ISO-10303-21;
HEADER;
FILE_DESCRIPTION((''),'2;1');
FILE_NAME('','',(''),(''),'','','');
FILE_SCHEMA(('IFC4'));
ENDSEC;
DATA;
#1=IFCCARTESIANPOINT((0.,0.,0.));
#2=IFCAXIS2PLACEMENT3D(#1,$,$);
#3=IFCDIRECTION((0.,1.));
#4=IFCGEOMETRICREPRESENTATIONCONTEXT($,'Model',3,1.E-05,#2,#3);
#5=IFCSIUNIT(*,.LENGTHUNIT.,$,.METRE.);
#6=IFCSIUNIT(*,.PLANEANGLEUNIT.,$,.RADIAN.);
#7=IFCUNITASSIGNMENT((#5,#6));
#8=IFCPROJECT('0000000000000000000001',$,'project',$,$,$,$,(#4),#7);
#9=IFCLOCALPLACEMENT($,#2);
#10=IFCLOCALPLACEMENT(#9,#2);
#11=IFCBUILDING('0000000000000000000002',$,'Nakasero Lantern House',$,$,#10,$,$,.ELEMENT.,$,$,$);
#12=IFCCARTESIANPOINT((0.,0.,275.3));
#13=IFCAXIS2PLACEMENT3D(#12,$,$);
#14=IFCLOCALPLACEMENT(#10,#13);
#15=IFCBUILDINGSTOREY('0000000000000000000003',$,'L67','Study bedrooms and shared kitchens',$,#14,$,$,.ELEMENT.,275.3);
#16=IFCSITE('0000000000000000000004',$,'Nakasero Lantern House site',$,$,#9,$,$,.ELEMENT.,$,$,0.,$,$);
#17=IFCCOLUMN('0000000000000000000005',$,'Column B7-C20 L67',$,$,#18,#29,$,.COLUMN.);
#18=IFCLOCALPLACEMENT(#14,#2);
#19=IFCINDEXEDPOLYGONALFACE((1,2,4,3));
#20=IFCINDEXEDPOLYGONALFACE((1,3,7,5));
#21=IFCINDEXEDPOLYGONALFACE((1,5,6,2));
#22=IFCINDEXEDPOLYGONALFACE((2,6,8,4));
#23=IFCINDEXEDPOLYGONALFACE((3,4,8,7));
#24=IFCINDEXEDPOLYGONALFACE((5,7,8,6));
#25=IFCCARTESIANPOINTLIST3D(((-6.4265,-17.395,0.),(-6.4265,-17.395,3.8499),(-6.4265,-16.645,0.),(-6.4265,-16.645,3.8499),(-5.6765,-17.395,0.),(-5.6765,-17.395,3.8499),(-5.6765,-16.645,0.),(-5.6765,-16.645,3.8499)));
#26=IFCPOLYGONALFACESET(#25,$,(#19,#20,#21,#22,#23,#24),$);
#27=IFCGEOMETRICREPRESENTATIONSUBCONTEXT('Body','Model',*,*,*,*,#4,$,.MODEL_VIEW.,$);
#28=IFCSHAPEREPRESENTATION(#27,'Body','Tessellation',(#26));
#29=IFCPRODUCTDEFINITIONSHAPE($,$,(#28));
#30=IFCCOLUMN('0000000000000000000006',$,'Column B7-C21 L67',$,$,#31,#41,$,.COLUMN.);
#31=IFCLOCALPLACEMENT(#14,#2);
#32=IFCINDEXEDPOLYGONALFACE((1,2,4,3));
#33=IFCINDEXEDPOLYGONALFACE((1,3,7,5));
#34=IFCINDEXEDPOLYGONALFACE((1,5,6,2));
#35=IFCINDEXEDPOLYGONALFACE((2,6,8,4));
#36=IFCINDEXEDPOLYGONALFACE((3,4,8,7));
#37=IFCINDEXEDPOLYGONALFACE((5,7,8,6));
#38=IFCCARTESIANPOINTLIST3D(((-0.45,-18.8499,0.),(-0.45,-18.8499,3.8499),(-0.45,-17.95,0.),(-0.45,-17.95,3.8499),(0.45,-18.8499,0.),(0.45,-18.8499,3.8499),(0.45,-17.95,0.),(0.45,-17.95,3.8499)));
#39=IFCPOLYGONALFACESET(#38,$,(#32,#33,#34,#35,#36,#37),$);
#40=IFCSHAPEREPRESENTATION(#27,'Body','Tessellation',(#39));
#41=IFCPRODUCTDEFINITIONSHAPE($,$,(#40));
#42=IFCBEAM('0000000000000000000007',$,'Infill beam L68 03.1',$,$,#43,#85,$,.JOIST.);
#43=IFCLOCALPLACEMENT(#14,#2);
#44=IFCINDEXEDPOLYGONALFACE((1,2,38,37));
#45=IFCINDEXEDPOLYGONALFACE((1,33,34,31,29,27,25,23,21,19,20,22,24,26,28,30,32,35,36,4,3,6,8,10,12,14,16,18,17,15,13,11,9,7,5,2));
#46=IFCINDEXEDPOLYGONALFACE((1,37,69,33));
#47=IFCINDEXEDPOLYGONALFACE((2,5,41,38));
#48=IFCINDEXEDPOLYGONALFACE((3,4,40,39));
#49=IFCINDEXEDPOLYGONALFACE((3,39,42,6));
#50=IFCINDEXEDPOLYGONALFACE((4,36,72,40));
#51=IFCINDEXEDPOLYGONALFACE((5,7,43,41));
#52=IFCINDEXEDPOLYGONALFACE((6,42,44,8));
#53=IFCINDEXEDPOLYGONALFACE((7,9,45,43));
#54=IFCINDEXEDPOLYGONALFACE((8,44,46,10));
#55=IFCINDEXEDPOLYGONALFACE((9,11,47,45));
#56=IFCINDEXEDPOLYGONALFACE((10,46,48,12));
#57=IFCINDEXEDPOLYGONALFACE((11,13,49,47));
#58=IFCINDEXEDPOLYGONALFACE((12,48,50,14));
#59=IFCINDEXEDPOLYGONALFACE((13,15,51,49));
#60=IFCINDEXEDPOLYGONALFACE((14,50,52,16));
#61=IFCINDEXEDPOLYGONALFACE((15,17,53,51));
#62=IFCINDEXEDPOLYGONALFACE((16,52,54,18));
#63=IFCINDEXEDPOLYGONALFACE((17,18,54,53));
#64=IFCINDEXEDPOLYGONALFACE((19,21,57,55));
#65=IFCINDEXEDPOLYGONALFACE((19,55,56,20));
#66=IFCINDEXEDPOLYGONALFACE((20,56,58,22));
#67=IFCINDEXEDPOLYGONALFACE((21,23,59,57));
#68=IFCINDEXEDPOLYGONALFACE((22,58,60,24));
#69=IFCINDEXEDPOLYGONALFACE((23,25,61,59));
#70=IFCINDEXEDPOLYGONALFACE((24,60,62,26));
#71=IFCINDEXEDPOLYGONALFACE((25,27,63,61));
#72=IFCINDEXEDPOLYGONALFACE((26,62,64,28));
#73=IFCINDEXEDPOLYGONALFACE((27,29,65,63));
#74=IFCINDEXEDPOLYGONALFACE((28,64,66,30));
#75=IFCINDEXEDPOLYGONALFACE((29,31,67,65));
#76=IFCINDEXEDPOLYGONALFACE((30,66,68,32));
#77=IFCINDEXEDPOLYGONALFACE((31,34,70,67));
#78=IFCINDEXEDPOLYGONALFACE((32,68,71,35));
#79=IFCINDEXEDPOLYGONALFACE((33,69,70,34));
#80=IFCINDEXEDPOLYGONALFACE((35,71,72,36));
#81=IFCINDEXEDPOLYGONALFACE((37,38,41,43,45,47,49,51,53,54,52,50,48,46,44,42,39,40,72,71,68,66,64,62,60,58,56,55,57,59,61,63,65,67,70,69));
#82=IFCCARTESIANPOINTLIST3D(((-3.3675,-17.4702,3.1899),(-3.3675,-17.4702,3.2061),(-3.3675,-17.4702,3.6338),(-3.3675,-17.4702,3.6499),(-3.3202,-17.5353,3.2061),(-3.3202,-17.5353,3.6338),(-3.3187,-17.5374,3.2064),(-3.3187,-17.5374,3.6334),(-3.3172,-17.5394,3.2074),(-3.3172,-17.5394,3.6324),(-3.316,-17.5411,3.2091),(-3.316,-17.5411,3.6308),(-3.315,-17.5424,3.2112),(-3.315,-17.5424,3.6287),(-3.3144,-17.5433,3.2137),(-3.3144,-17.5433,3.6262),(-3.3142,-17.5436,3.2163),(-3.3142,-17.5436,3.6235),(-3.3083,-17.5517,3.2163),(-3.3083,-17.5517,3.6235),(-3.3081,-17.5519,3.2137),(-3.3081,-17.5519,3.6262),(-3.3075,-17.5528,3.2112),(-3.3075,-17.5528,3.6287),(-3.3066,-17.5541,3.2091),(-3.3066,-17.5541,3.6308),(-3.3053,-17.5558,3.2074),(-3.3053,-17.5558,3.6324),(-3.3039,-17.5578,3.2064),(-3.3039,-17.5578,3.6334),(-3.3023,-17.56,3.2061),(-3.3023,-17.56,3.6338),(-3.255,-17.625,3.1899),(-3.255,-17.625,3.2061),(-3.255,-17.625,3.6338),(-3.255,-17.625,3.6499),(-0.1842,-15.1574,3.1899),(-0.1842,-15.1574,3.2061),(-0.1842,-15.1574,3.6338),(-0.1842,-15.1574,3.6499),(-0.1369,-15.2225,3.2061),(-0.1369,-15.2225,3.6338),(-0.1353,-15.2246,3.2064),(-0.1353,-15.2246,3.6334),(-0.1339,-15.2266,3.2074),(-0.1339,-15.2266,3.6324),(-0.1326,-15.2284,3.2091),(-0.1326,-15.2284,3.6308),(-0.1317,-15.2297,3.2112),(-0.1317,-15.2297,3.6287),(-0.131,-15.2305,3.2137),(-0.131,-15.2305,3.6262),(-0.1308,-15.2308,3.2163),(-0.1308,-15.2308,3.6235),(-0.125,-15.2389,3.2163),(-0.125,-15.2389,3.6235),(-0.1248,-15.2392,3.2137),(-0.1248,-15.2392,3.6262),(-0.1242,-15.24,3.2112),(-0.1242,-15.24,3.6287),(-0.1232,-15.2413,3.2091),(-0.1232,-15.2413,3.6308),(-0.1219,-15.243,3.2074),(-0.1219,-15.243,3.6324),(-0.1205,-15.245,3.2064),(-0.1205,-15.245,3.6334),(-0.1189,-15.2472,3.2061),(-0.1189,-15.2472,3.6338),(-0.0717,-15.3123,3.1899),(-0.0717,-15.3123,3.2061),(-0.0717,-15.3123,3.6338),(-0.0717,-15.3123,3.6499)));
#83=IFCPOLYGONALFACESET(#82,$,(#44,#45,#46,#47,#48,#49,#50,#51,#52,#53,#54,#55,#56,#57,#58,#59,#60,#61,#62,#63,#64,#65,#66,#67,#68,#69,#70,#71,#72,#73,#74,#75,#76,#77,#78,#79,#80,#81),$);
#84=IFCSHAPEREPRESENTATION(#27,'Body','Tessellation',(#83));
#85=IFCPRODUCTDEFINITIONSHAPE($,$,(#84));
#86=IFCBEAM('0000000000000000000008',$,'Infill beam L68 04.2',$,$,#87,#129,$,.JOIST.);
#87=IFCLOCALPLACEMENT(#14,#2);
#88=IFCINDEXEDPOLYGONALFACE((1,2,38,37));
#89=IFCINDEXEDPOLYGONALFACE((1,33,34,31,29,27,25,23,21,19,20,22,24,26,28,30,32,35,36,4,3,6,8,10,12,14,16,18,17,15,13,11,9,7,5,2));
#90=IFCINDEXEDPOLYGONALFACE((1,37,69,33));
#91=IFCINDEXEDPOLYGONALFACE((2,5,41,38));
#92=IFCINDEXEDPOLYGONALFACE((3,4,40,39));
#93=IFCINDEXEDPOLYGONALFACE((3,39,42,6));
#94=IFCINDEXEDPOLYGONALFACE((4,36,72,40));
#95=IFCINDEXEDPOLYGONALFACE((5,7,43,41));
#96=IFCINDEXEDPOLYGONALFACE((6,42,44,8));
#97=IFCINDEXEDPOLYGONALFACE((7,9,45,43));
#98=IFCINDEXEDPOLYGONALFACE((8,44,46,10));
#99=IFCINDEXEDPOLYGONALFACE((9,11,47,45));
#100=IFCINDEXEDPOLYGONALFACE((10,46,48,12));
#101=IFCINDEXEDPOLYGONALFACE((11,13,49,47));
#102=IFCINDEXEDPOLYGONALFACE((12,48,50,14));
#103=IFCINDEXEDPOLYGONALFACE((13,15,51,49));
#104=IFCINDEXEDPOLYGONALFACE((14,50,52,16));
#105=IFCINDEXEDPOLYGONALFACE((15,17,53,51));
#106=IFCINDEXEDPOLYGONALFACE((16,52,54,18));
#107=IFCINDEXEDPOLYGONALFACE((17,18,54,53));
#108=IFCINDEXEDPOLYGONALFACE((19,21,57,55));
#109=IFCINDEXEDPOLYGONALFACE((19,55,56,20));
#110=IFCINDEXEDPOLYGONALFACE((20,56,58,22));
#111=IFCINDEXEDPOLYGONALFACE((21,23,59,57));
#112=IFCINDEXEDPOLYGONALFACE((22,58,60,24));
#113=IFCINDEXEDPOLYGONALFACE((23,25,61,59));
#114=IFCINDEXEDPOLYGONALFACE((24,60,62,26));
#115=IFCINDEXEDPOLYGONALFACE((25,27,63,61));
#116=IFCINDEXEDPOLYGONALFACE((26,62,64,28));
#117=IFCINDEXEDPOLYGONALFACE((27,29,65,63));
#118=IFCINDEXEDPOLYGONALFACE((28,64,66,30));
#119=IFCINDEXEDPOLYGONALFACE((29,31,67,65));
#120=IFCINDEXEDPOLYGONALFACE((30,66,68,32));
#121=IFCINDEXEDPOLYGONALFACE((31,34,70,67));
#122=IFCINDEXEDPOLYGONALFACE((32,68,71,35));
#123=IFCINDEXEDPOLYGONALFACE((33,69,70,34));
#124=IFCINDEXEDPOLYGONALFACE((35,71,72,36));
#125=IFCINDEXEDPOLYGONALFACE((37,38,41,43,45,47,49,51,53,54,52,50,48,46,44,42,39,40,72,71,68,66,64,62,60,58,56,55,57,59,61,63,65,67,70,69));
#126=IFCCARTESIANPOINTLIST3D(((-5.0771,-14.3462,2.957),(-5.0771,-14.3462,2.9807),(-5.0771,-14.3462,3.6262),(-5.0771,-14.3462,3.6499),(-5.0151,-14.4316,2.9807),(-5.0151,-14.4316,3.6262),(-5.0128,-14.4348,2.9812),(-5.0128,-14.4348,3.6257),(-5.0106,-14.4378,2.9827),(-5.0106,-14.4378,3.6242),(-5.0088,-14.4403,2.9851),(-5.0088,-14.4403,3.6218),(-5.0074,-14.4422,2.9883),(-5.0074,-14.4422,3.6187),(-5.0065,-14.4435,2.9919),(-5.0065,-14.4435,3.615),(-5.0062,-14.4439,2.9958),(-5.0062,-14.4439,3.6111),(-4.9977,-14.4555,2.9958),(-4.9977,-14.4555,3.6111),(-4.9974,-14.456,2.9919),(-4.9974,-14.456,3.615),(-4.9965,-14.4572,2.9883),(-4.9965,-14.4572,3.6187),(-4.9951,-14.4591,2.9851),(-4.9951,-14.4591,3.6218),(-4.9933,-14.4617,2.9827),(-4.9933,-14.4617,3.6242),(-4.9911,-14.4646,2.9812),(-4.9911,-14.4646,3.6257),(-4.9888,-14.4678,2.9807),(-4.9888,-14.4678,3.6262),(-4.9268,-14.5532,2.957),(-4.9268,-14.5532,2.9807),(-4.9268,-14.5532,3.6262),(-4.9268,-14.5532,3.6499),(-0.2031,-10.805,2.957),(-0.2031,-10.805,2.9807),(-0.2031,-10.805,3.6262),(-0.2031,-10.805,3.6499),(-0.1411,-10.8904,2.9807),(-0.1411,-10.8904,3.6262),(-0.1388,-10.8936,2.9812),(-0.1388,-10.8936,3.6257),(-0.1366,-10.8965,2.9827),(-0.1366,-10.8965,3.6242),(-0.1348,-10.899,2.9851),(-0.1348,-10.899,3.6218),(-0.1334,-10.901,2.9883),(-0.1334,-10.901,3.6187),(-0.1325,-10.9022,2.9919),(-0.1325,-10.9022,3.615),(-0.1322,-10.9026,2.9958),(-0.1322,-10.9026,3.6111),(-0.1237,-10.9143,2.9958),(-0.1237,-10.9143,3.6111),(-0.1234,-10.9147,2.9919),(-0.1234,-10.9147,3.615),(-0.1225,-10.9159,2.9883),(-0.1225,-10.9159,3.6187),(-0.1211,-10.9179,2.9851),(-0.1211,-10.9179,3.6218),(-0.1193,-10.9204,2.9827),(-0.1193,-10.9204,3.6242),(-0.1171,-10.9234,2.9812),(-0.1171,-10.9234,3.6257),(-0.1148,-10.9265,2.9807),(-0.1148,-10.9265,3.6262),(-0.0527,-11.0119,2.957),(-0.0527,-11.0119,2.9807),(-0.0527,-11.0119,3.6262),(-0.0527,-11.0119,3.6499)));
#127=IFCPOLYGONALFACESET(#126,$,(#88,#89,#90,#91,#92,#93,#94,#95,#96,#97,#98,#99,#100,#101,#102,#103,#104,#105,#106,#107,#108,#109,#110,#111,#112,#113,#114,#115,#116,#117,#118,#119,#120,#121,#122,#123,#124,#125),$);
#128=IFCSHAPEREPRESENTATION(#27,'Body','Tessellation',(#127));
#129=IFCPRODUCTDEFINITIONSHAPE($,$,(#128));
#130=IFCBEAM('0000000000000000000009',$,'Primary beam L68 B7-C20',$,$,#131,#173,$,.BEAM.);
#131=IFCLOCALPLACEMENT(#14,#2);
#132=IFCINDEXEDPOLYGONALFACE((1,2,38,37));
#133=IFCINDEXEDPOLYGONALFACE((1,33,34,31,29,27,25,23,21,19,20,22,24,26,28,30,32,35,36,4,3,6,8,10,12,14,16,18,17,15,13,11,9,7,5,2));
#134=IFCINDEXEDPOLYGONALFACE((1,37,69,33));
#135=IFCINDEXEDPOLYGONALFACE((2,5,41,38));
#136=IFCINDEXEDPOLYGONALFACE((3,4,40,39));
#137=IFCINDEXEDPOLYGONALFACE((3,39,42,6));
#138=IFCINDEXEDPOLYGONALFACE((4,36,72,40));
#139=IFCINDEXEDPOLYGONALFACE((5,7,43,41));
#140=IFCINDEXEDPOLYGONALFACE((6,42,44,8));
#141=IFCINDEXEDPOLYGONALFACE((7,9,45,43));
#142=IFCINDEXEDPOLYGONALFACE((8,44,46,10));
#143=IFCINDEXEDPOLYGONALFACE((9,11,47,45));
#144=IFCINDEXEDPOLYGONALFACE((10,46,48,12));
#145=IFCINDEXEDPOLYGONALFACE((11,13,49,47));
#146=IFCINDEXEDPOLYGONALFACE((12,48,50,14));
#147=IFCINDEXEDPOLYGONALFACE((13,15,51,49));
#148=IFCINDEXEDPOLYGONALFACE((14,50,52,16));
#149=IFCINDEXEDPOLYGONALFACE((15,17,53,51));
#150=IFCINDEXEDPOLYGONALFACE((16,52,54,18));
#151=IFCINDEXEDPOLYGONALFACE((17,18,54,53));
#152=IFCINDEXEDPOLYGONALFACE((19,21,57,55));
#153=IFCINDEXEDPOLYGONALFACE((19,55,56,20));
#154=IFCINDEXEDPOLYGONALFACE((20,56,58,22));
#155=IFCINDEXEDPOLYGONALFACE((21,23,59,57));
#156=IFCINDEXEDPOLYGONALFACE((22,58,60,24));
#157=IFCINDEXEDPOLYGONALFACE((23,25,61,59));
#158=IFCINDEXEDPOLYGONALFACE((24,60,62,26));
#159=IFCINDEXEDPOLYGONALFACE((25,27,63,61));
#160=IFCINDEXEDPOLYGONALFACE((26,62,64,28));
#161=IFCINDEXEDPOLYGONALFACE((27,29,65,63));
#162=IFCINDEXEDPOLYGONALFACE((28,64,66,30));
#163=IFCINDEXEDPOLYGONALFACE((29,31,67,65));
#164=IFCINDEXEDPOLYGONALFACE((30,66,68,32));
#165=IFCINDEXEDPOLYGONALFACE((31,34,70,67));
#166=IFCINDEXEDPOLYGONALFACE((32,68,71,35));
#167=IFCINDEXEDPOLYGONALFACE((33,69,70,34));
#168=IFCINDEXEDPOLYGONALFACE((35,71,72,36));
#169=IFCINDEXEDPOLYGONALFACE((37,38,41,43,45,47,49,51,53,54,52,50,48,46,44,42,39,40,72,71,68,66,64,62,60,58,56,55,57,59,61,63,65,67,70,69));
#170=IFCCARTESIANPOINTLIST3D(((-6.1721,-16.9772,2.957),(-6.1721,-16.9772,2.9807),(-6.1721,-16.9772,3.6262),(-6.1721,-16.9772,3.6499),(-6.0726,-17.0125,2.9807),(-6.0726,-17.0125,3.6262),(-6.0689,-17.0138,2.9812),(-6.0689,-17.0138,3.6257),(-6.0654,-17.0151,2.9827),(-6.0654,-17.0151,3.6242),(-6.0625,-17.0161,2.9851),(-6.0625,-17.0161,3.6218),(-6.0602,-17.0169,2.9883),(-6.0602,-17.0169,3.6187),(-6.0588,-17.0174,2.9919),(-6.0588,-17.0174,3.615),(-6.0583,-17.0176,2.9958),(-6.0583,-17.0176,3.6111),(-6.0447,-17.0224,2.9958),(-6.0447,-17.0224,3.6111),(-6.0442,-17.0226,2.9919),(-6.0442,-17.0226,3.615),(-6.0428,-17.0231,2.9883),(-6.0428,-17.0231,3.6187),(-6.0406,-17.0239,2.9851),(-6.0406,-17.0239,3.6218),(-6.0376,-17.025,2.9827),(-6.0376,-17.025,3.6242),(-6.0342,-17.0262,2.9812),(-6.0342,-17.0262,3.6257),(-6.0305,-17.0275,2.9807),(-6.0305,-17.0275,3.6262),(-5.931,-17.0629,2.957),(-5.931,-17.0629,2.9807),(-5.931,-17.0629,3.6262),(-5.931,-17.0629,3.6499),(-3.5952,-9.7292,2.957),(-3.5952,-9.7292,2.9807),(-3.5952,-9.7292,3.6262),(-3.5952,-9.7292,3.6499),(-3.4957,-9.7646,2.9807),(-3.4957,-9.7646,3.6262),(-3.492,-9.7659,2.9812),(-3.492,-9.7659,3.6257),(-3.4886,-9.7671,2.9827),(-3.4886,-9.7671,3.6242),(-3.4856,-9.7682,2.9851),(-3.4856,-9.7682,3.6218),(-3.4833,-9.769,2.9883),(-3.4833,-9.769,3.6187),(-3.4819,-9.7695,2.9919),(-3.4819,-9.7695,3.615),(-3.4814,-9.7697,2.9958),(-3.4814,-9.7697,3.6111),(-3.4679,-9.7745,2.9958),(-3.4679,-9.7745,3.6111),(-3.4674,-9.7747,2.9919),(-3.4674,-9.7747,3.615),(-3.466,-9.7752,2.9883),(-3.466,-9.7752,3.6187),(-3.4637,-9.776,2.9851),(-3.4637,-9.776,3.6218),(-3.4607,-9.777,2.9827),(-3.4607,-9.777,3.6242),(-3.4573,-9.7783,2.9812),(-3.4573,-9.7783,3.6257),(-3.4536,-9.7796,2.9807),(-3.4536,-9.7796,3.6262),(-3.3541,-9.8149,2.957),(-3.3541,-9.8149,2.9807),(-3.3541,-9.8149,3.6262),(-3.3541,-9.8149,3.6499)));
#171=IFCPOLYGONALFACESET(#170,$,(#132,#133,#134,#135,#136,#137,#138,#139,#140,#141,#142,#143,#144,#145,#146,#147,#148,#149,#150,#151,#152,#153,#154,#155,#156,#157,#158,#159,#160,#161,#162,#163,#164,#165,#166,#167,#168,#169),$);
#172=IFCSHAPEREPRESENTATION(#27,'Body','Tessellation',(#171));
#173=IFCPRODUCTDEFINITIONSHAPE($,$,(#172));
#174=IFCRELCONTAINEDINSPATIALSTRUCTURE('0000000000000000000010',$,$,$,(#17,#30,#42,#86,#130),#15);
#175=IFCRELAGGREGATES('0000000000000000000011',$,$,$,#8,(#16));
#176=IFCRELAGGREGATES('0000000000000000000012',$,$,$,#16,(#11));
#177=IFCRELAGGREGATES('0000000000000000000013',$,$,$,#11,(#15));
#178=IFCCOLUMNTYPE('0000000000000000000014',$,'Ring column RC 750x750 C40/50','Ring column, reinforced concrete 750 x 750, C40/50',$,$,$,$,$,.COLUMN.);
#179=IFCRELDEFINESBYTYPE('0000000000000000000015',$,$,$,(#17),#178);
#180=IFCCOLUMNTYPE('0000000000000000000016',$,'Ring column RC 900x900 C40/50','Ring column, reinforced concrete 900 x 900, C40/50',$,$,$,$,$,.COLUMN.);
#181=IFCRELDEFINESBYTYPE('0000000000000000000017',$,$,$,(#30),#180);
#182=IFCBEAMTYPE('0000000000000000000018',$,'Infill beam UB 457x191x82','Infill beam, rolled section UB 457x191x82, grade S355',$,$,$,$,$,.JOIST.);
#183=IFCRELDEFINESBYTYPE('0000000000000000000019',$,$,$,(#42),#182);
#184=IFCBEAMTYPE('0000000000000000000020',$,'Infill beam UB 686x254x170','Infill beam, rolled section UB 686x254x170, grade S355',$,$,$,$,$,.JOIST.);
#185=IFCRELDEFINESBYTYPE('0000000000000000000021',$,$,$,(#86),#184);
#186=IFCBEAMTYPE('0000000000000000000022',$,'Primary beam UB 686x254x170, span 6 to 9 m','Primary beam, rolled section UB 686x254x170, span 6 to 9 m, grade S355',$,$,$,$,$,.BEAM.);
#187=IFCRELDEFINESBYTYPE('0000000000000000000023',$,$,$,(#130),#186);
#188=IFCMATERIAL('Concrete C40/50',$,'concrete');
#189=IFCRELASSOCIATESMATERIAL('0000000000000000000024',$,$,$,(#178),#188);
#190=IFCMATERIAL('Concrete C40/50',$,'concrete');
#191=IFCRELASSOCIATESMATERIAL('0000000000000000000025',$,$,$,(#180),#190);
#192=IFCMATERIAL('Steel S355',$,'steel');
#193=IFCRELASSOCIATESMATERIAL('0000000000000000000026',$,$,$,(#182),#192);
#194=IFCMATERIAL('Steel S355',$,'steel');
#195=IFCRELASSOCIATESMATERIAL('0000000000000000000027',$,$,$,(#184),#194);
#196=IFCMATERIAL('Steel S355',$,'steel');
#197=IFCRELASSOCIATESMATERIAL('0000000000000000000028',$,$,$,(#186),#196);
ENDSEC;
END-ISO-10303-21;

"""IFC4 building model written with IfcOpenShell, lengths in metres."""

from ifc_helpers import new_model, si_unit, direction, frame, origin, origin_2d, place, context, subcontext, project, spatial, rectangle, i_section, extrude, material, material_profile, profile_set, type_object, element, save


model = new_model("IFC4")

# Units and contexts
model_context = context("Model", 3, precision=1e-05, world=origin(), true_north=direction((0.0, 1.0)))
body_context = subcontext(model_context, "Body", "Model", "MODEL_VIEW")
ifc_project = project(units=[si_unit("LENGTHUNIT", "METRE"), si_unit("PLANEANGLEUNIT", "RADIAN")], contexts=[model_context])

# Site, building, storey
site_placement = place(None, origin())
site = spatial("IfcSite", under=ifc_project, at=site_placement, Name="Nakasero Lantern House site", CompositionType="ELEMENT", RefElevation=0.0)
building_placement = place(site_placement, origin())
building = spatial("IfcBuilding", under=site, at=building_placement, Name="Nakasero Lantern House", CompositionType="ELEMENT")
storey_placement = place(building_placement, frame((0.0, 0.0, 275.3)))
storey = spatial("IfcBuildingStorey", under=building, at=storey_placement, Name="L67", Description="Study bedrooms and shared kitchens", CompositionType="ELEMENT", Elevation=275.3)

# Columns
ifc_material_1 = material(Name="Concrete C40/50", Category="concrete")
ifc_material_profile_1 = material_profile(ifc_material_1, rectangle(XDim=0.75, YDim=0.75, at=origin_2d()), Name="RC 750x750")
ifc_profile_set_1 = profile_set([ifc_material_profile_1], Name="Concrete C40/50")
column_type_1 = type_object("IfcColumnType", Name="Ring column RC 750x750 C40/50", Description="Ring column, reinforced concrete 750 x 750, C40/50", PredefinedType="COLUMN", material=ifc_profile_set_1)
column_1_placement = place(storey_placement, frame((-6.0515, -17.02, 0.0), z_axis=(0.0, 0.0, 1.0), x_axis=(1.0, 0.0, 0.0)))
element("IfcColumn", 1, at=column_1_placement, inside=storey, type_object=column_type_1, Name="Column B7-C20 L67", PredefinedType="COLUMN", context=body_context, shape_type="SweptSolid", body=[
    extrude(rectangle(XDim=0.75, YDim=0.75, at=origin_2d()), origin(), (0.0, 0.0, 1.0), 3.8499),
])
ifc_material_2 = material(Name="Concrete C40/50", Category="concrete")
ifc_material_profile_2 = material_profile(ifc_material_2, rectangle(XDim=0.8999, YDim=0.8999, at=origin_2d()), Name="RC 900x900")
ifc_profile_set_2 = profile_set([ifc_material_profile_2], Name="Concrete C40/50")
column_type_2 = type_object("IfcColumnType", Name="Ring column RC 900x900 C40/50", Description="Ring column, reinforced concrete 900 x 900, C40/50", PredefinedType="COLUMN", material=ifc_profile_set_2)
column_2_placement = place(storey_placement, frame((0.0, -18.3999, 0.0), z_axis=(0.0, 0.0, 1.0), x_axis=(1.0, 0.0, 0.0)))
element("IfcColumn", 2, at=column_2_placement, inside=storey, type_object=column_type_2, Name="Column B7-C21 L67", PredefinedType="COLUMN", context=body_context, shape_type="SweptSolid", body=[
    extrude(rectangle(XDim=0.8999, YDim=0.8999, at=origin_2d()), origin(), (0.0, 0.0, 1.0), 3.8499),
])

# Beams
ifc_material_3 = material(Name="Steel S355", Category="steel")
ifc_material_profile_3 = material_profile(ifc_material_3, i_section(OverallWidth=0.1914, OverallDepth=0.46, WebThickness=0.01, FlangeThickness=0.0161, FilletRadius=0.0103, at=origin_2d()), Name="UB 457x191x82")
ifc_profile_set_3 = profile_set([ifc_material_profile_3], Name="Steel S355")
beam_type_1 = type_object("IfcBeamType", Name="Infill beam UB 457x191x82", Description="Infill beam, rolled section UB 457x191x82, grade S355", PredefinedType="JOIST", material=ifc_profile_set_3)
beam_1_placement = place(storey_placement, frame((-3.3113, -17.5476, 3.4199), z_axis=(0.809028, 0.587769, 0.0), x_axis=(-0.587769, 0.809028, 0.0)))
element("IfcBeam", 3, at=beam_1_placement, inside=storey, type_object=beam_type_1, Name="Infill beam L68 03.1", PredefinedType="JOIST", context=body_context, shape_type="SweptSolid", body=[
    extrude(i_section(OverallWidth=0.1914, OverallDepth=0.46, WebThickness=0.01, FlangeThickness=0.0161, FilletRadius=0.0103, at=origin_2d()), origin(), (0.0, 0.0, 1.0), 3.9348),
])
ifc_material_4 = material(Name="Steel S355", Category="steel")
ifc_material_profile_4 = material_profile(ifc_material_4, i_section(OverallWidth=0.2559, OverallDepth=0.6929, WebThickness=0.0144, FlangeThickness=0.0237, FilletRadius=0.0151, at=origin_2d()), Name="UB 686x254x170")
ifc_profile_set_4 = profile_set([ifc_material_profile_4], Name="Steel S355")
beam_type_2 = type_object("IfcBeamType", Name="Infill beam UB 686x254x170", Description="Infill beam, rolled section UB 686x254x170, grade S355", PredefinedType="JOIST", material=ifc_profile_set_4)
beam_2_placement = place(storey_placement, frame((-5.002, -14.4497, 3.3035), z_axis=(0.809011, 0.587793, 0.0), x_axis=(-0.587793, 0.809011, 0.0)))
element("IfcBeam", 4, at=beam_2_placement, inside=storey, type_object=beam_type_2, Name="Infill beam L68 04.2", PredefinedType="JOIST", context=body_context, shape_type="SweptSolid", body=[
    extrude(i_section(OverallWidth=0.2559, OverallDepth=0.6929, WebThickness=0.0144, FlangeThickness=0.0237, FilletRadius=0.0151, at=origin_2d()), origin(), (0.0, 0.0, 1.0), 6.0247),
])
ifc_material_5 = material(Name="Steel S355", Category="steel")
ifc_material_profile_5 = material_profile(ifc_material_5, i_section(OverallWidth=0.2559, OverallDepth=0.6929, WebThickness=0.0144, FlangeThickness=0.0237, FilletRadius=0.0151, at=origin_2d()), Name="UB 686x254x170")
ifc_profile_set_5 = profile_set([ifc_material_profile_5], Name="Steel S355")
beam_type_3 = type_object("IfcBeamType", Name="Primary beam UB 686x254x170, span 6 to 9 m", Description="Primary beam, rolled section UB 686x254x170, span 6 to 9 m, grade S355", PredefinedType="BEAM", material=ifc_profile_set_5)
beam_3_placement = place(storey_placement, frame((-6.0515, -17.02, 3.3035), z_axis=(0.334989, 0.942222, 0.0), x_axis=(-0.942222, 0.334989, 0.0)))
element("IfcBeam", 5, at=beam_3_placement, inside=storey, type_object=beam_type_3, Name="Primary beam L68 B7-C20", PredefinedType="BEAM", context=body_context, shape_type="SweptSolid", body=[
    extrude(i_section(OverallWidth=0.2559, OverallDepth=0.6929, WebThickness=0.0144, FlangeThickness=0.0237, FilletRadius=0.0151, at=origin_2d()), origin(), (0.0, 0.0, 1.0), 7.6924),
])

save(model, "model.ifc")
